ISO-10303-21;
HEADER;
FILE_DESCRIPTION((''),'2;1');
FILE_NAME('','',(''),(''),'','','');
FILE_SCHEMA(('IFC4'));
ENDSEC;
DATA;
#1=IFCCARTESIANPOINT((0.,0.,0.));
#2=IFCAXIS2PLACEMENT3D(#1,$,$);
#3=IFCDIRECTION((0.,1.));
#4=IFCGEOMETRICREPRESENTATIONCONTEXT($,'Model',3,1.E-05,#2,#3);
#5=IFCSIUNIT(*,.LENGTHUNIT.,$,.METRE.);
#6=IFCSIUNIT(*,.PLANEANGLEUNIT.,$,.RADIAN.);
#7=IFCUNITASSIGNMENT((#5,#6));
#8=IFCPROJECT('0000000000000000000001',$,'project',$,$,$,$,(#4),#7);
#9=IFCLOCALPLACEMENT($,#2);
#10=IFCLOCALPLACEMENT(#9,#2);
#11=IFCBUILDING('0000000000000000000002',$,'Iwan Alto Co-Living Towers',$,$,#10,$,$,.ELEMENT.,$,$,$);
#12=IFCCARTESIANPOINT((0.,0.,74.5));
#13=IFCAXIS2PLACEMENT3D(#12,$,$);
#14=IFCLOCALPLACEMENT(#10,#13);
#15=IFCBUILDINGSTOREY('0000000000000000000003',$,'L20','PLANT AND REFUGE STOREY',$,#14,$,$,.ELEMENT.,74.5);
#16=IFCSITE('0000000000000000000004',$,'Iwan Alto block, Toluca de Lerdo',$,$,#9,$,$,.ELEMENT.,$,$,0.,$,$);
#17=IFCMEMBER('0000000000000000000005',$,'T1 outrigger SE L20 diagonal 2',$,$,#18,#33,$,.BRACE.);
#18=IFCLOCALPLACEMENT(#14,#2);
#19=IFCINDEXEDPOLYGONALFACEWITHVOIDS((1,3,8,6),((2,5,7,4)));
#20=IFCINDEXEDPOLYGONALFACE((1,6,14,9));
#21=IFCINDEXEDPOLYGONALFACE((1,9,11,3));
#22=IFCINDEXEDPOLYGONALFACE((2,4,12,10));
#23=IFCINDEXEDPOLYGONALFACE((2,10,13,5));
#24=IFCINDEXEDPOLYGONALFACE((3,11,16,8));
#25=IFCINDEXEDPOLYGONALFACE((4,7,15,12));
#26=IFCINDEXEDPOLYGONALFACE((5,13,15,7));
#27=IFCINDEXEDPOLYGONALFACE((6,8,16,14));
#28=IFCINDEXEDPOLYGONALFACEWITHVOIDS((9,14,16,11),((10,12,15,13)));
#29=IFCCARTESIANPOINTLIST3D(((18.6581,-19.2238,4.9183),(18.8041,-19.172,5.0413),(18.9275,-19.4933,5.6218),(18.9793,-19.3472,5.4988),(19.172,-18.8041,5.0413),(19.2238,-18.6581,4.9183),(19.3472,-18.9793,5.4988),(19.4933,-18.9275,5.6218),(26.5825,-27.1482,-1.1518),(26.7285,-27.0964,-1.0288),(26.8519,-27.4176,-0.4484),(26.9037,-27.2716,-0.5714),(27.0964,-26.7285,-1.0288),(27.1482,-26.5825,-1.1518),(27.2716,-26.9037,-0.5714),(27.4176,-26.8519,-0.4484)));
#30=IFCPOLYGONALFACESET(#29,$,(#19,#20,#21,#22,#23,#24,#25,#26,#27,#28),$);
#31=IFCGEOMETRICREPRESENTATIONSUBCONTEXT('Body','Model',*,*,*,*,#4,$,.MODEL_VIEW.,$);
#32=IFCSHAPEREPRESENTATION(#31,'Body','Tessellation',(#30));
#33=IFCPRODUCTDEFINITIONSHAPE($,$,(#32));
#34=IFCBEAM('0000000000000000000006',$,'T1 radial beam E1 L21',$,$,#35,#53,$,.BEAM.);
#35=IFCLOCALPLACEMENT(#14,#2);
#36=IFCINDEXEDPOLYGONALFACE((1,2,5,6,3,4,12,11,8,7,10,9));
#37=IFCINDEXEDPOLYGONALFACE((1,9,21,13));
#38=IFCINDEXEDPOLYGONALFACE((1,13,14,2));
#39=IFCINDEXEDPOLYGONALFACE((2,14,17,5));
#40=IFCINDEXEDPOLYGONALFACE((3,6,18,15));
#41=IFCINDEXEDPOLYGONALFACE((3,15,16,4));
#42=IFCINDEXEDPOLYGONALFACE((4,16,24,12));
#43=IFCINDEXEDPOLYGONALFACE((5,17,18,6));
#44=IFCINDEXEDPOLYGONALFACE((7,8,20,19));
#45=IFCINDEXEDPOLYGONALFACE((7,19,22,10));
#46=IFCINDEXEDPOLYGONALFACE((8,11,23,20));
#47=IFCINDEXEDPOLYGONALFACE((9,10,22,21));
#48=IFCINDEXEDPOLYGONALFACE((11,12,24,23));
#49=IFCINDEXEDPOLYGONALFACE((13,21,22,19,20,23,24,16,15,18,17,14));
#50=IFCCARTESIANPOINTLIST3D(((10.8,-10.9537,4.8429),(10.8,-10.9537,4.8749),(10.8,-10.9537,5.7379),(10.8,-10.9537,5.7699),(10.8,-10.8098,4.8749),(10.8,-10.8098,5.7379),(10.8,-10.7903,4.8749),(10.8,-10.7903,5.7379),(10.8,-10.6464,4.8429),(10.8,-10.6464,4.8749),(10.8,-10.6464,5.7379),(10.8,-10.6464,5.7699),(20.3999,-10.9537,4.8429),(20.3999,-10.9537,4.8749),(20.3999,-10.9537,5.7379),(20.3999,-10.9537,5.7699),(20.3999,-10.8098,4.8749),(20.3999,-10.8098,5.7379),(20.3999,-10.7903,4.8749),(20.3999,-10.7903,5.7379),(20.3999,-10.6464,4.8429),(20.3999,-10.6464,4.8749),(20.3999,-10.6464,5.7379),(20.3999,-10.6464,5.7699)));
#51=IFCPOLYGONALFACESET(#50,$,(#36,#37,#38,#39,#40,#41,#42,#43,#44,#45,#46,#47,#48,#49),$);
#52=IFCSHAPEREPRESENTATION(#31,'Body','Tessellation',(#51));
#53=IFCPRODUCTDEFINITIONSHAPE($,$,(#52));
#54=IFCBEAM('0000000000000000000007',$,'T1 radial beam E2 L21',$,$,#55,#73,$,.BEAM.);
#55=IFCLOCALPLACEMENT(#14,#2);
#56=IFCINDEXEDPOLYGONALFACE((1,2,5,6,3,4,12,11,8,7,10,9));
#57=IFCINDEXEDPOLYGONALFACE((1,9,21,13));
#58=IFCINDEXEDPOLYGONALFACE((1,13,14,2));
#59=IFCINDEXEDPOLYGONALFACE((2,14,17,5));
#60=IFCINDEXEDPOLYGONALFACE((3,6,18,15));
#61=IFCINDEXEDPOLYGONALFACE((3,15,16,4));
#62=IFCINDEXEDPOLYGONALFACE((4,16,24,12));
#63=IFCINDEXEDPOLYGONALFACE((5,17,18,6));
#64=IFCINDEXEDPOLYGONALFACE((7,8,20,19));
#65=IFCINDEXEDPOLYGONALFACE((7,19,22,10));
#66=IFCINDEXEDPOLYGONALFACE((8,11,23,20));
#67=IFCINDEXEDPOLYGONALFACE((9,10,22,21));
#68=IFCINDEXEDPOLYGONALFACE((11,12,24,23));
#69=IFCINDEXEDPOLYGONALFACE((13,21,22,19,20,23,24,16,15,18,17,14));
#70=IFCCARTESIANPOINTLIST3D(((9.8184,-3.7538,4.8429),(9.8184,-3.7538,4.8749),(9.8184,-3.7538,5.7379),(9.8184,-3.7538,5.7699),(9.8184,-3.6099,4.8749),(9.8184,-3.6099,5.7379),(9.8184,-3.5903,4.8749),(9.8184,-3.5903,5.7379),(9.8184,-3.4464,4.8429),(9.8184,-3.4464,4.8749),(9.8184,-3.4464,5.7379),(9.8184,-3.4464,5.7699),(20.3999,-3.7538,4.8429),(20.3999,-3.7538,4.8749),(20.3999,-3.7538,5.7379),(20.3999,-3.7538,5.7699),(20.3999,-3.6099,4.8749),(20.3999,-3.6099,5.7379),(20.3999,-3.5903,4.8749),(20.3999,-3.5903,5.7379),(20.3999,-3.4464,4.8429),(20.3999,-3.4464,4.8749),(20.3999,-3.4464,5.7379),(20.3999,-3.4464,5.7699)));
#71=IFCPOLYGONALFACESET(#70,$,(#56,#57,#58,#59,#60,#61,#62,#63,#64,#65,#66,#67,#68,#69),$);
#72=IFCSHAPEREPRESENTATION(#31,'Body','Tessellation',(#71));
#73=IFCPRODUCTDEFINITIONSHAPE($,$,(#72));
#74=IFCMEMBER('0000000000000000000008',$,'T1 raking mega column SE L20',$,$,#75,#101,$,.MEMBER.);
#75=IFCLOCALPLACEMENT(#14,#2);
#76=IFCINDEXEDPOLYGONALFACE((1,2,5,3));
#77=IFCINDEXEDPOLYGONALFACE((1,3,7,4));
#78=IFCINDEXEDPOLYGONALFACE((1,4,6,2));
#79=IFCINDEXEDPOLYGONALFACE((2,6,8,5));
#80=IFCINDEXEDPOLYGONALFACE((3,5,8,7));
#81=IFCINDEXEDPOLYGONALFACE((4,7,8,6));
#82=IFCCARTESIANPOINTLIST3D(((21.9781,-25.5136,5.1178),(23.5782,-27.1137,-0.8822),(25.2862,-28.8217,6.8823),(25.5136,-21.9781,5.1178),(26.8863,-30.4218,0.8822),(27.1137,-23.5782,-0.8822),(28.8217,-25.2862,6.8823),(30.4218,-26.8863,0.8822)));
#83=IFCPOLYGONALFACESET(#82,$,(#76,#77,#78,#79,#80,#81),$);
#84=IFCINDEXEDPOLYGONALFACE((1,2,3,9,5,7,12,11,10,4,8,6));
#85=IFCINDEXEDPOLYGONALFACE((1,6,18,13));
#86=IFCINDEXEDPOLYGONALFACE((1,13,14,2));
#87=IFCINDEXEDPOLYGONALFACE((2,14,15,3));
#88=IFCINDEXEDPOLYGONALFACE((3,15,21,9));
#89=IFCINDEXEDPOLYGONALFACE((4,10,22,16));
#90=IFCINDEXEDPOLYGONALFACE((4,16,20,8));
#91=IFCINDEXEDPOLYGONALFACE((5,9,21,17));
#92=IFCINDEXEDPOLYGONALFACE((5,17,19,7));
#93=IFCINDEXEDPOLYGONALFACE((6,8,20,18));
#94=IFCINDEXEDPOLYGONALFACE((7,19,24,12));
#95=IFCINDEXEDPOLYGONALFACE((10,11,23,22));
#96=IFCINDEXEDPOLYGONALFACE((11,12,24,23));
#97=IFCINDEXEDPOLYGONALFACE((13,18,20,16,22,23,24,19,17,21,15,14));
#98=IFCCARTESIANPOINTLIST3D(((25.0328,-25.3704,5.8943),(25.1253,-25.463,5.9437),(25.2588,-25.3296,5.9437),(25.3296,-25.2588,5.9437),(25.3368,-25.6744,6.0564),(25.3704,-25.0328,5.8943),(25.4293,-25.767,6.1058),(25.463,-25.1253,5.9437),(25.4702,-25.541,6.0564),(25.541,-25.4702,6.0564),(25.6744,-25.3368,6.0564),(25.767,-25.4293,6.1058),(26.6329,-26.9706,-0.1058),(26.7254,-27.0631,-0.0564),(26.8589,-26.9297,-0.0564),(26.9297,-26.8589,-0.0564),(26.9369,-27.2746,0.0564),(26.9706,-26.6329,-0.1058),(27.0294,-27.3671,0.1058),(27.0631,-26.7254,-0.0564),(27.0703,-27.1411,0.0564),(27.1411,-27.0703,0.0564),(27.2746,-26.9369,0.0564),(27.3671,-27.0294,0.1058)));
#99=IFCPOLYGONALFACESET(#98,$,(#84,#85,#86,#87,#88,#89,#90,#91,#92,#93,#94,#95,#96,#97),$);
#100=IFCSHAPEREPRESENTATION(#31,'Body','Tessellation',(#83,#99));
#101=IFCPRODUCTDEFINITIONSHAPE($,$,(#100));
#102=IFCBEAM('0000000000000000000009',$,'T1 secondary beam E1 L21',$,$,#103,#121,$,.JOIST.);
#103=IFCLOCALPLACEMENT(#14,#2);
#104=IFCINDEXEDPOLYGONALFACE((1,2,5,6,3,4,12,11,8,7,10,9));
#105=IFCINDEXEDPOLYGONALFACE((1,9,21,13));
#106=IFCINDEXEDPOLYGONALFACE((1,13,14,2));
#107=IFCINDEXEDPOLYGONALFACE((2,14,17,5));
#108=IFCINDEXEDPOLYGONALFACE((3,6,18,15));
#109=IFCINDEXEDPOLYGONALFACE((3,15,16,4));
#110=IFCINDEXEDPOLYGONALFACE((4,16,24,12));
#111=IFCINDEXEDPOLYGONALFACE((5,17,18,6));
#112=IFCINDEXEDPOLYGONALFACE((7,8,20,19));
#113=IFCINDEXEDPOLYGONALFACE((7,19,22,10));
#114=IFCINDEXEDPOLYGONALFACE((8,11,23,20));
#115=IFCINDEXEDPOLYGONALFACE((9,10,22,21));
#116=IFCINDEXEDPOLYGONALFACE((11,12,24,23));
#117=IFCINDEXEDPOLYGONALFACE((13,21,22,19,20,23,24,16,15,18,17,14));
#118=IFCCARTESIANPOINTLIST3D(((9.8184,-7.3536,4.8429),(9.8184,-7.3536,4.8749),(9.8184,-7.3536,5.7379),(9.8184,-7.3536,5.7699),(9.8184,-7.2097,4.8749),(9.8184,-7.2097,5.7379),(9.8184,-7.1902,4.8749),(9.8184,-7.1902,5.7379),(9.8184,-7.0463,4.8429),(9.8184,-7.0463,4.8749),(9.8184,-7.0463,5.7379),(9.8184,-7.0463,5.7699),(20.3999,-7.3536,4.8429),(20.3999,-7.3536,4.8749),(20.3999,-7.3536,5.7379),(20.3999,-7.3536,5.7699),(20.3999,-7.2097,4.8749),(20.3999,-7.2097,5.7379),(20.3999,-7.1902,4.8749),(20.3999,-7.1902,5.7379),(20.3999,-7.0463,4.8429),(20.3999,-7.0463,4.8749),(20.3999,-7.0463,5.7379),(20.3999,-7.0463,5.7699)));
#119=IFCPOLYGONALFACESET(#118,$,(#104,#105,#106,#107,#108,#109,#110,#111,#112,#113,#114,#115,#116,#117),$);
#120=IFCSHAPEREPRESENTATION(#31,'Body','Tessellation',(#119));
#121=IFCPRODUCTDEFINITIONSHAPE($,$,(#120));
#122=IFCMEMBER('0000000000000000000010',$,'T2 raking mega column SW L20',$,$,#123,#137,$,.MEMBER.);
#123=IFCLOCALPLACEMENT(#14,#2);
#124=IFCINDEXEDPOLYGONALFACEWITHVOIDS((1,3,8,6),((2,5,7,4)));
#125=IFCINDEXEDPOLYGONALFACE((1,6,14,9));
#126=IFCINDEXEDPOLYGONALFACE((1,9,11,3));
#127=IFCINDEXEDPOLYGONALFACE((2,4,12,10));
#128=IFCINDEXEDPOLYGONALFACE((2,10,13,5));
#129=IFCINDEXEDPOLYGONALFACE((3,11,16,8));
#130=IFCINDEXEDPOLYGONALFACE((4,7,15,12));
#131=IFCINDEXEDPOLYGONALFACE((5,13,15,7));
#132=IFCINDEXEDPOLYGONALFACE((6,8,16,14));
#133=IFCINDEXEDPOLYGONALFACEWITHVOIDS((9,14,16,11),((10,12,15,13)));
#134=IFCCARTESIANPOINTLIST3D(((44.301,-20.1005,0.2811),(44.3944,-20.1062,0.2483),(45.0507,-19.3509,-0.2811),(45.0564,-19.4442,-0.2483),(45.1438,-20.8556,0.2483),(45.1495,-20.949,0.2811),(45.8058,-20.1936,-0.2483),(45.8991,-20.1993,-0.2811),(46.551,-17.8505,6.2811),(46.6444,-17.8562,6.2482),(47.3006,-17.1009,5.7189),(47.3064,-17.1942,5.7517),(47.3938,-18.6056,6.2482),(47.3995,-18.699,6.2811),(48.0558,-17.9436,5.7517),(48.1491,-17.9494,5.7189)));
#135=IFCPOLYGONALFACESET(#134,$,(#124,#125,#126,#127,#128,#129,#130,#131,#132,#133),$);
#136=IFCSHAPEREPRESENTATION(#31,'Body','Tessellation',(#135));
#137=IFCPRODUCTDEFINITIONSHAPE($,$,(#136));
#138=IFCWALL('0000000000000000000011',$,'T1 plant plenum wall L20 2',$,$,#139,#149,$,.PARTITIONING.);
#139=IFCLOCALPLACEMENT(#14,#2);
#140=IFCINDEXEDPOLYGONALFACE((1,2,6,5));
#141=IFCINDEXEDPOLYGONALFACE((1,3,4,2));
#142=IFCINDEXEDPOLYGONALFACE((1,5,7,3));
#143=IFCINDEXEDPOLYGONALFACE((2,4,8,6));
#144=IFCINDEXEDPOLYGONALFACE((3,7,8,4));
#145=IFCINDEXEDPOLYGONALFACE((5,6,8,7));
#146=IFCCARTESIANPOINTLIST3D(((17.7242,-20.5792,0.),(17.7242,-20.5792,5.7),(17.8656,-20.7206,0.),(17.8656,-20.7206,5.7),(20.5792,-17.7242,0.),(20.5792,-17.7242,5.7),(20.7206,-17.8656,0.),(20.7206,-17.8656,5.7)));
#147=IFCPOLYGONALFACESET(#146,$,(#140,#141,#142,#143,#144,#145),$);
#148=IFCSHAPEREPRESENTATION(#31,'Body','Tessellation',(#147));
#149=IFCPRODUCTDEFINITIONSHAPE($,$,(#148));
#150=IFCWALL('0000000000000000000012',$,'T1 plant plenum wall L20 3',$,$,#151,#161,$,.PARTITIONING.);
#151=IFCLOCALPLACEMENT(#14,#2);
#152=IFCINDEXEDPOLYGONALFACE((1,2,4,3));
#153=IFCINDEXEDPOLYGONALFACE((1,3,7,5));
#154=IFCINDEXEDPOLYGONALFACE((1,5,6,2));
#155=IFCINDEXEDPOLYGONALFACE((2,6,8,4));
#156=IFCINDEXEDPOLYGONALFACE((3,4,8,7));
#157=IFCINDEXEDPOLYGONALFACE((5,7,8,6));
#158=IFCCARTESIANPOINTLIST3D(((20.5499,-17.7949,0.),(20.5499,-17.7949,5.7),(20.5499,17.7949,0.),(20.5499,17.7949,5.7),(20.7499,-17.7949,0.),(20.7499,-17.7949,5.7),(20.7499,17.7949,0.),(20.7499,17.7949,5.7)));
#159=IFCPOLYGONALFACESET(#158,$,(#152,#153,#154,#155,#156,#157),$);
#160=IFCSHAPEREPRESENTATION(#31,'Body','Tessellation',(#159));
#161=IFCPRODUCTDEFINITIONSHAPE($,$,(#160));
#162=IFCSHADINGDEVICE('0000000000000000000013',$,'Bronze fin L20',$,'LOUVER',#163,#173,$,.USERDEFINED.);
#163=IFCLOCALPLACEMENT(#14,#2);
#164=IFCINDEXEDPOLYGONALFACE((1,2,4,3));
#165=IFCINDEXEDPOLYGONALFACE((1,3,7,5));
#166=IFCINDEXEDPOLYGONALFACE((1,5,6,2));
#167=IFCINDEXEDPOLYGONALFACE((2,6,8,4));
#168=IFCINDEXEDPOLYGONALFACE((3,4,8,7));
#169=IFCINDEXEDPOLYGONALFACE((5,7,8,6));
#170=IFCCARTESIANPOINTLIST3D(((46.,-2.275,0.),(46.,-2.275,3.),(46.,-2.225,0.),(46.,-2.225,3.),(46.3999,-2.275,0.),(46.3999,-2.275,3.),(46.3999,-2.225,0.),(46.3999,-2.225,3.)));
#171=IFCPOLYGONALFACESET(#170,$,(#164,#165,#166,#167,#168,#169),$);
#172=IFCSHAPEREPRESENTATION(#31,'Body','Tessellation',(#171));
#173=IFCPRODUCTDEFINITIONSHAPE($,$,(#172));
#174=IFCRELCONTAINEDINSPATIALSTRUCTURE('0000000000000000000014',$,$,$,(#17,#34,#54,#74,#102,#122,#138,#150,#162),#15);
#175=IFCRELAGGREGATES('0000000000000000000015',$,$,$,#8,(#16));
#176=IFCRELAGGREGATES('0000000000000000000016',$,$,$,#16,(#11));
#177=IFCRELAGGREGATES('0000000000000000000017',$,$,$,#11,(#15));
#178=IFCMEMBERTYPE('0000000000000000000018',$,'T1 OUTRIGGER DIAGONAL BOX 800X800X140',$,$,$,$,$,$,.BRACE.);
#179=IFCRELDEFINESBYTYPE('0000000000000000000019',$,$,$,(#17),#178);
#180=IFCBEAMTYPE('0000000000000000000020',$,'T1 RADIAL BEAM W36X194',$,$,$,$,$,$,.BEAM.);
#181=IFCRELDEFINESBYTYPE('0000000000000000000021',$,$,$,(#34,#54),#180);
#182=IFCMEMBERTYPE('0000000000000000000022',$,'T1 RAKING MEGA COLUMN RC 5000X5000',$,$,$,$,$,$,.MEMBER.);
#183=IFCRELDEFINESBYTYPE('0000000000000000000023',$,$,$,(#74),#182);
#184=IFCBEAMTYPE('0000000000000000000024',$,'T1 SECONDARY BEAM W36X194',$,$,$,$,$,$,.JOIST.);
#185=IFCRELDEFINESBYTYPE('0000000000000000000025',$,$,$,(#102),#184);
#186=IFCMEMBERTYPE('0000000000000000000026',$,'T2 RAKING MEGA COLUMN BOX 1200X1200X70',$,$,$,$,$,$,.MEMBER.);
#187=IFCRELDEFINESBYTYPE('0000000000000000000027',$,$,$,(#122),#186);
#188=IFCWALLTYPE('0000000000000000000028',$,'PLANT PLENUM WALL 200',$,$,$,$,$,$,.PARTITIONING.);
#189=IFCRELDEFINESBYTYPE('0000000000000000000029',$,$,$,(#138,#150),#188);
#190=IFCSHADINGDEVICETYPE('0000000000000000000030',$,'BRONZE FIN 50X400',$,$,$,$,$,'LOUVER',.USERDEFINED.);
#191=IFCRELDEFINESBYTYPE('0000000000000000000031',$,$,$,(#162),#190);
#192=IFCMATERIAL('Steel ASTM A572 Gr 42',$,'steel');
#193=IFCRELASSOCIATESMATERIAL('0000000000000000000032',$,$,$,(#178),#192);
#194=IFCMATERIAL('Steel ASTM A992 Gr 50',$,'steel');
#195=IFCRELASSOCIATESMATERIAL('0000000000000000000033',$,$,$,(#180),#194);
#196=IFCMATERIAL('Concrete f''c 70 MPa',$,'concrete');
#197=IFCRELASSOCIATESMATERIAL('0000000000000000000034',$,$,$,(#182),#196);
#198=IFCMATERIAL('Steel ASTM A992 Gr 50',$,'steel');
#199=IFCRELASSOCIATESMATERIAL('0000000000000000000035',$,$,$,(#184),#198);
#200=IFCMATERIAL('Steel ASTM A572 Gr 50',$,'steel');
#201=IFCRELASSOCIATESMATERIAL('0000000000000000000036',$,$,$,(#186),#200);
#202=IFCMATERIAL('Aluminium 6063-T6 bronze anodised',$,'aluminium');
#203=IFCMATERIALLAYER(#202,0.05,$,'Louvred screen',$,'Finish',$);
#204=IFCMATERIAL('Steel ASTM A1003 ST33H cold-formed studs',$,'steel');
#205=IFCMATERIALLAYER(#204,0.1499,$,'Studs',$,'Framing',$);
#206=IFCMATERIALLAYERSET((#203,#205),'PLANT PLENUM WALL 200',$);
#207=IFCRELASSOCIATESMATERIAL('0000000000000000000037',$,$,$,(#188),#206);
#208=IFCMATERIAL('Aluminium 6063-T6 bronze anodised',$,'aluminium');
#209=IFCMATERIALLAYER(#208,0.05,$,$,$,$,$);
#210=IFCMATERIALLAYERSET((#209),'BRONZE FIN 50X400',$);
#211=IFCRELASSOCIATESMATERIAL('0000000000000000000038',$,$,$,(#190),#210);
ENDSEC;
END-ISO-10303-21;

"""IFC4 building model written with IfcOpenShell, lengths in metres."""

from ifc_helpers import new_model, si_unit, direction, frame, frame_2d, origin, origin_2d, place, context, subcontext, project, spatial, rectangle, hollow_rectangle, i_section, extrude, material, layer, layer_set, material_profile, profile_set, type_object, element, save


model = new_model("IFC4")

# Units and contexts
model_context = context("Model", 3, precision=1e-05, world=origin(), true_north=direction((0.0, 1.0)))
body_context = subcontext(model_context, "Body", "Model", "MODEL_VIEW")
ifc_project = project(units=[si_unit("LENGTHUNIT", "METRE"), si_unit("PLANEANGLEUNIT", "RADIAN")], contexts=[model_context])

# Site, building, storey
site_placement = place(None, origin())
site = spatial("IfcSite", under=ifc_project, at=site_placement, Name="Iwan Alto block, Toluca de Lerdo", CompositionType="ELEMENT", RefElevation=0.0)
building_placement = place(site_placement, origin())
building = spatial("IfcBuilding", under=site, at=building_placement, Name="Iwan Alto Co-Living Towers", CompositionType="ELEMENT")
storey_placement = place(building_placement, frame((0.0, 0.0, 74.5)))
storey = spatial("IfcBuildingStorey", under=building, at=storey_placement, Name="L20", Description="PLANT AND REFUGE STOREY", CompositionType="ELEMENT", Elevation=74.5)

# Member
ifc_material_1 = material(Name="Steel ASTM A572 Gr 42", Category="steel")
ifc_material_profile_1 = material_profile(ifc_material_1, hollow_rectangle(XDim=0.8, YDim=0.8, WallThickness=0.1399, at=origin_2d()), Name="BOX 800X800X140")
ifc_profile_set_1 = profile_set([ifc_material_profile_1], Name="Steel ASTM A572 Gr 42")
member_type_1 = type_object("IfcMemberType", Name="T1 OUTRIGGER DIAGONAL BOX 800X800X140", PredefinedType="BRACE", material=ifc_profile_set_1)
member_1_placement = place(storey_placement, frame((19.0757, -19.0757, 5.27), z_axis=(0.621758, -0.621758, -0.47627), x_axis=(0.707107, 0.707107, 0.0)))
element("IfcMember", 1, at=member_1_placement, inside=storey, type_object=member_type_1, Name="T1 outrigger SE L20 diagonal 2", PredefinedType="BRACE", context=body_context, shape_type="SweptSolid", body=[
    extrude(hollow_rectangle(XDim=0.8, YDim=0.8, WallThickness=0.1399, at=origin_2d()), origin(), (0.0, 0.0, 1.0), 12.7451),
])

# Beams
ifc_material_2 = material(Name="Steel ASTM A992 Gr 50", Category="steel")
ifc_material_profile_2 = material_profile(ifc_material_2, i_section(OverallWidth=0.3074, OverallDepth=0.927, WebThickness=0.0195, FlangeThickness=0.032, at=origin_2d()), Name="W36X194")
ifc_profile_set_2 = profile_set([ifc_material_profile_2], Name="Steel ASTM A992 Gr 50")
beam_type_1 = type_object("IfcBeamType", Name="T1 RADIAL BEAM W36X194", PredefinedType="BEAM", material=ifc_profile_set_2)
beam_1_placement = place(storey_placement, frame((20.3999, -10.8, 5.3064), z_axis=(-1.0, 0.0, 0.0), x_axis=(0.0, -1.0, 0.0)))
element("IfcBeam", 2, at=beam_1_placement, inside=storey, type_object=beam_type_1, Name="T1 radial beam E1 L21", PredefinedType="BEAM", context=body_context, shape_type="SweptSolid", body=[
    extrude(i_section(OverallWidth=0.3074, OverallDepth=0.927, WebThickness=0.0195, FlangeThickness=0.032, at=origin_2d()), origin(), (0.0, 0.0, 1.0), 9.5999),
])
beam_2_placement = place(storey_placement, frame((20.3999, -3.6001, 5.3064), z_axis=(-1.0, 0.0, 0.0), x_axis=(0.0, -1.0, 0.0)))
element("IfcBeam", 3, at=beam_2_placement, inside=storey, type_object=beam_type_1, Name="T1 radial beam E2 L21", PredefinedType="BEAM", context=body_context, shape_type="SweptSolid", body=[
    extrude(i_section(OverallWidth=0.3074, OverallDepth=0.927, WebThickness=0.0195, FlangeThickness=0.032, at=origin_2d()), origin(), (0.0, 0.0, 1.0), 10.5815),
])

# Member
ifc_material_3 = material(Name="Concrete f'c 70 MPa", Category="concrete")
ifc_material_profile_3 = material_profile(ifc_material_3, rectangle(XDim=5.0, YDim=5.0, at=origin_2d()), Name="RC 5000X5000")
ifc_profile_set_3 = profile_set([ifc_material_profile_3], Name="Concrete f'c 70 MPa")
member_type_2 = type_object("IfcMemberType", Name="T1 RAKING MEGA COLUMN RC 5000X5000", PredefinedType="MEMBER", material=ifc_profile_set_3)
member_2_placement = place(storey_placement, frame((27.0, -27.0, 0.0), z_axis=(-0.249526, 0.249526, 0.935667), x_axis=(-0.707107, -0.707107, 0.0)))
element("IfcMember", 4, at=member_2_placement, inside=storey, type_object=member_type_2, Name="T1 raking mega column SE L20", PredefinedType="MEMBER", context=body_context, shape_type="SweptSolid", body=[
    extrude(rectangle(XDim=5.0, YDim=5.0, at=origin_2d()), origin(), (0.0, 0.0, 1.0), 6.4126),
    extrude(i_section(OverallWidth=0.4775, OverallDepth=0.5994, WebThickness=0.1001, FlangeThickness=0.1399, at=origin_2d()), origin(), (0.0, 0.0, 1.0), 6.4126),
])

# Beam
ifc_material_4 = material(Name="Steel ASTM A992 Gr 50", Category="steel")
ifc_material_profile_4 = material_profile(ifc_material_4, i_section(OverallWidth=0.3074, OverallDepth=0.927, WebThickness=0.0195, FlangeThickness=0.032, at=origin_2d()), Name="W36X194")
ifc_profile_set_4 = profile_set([ifc_material_profile_4], Name="Steel ASTM A992 Gr 50")
beam_type_2 = type_object("IfcBeamType", Name="T1 SECONDARY BEAM W36X194", PredefinedType="JOIST", material=ifc_profile_set_4)
beam_3_placement = place(storey_placement, frame((20.3999, -7.2, 5.3064), z_axis=(-1.0, 0.0, 0.0), x_axis=(0.0, -1.0, 0.0)))
element("IfcBeam", 5, at=beam_3_placement, inside=storey, type_object=beam_type_2, Name="T1 secondary beam E1 L21", PredefinedType="JOIST", context=body_context, shape_type="SweptSolid", body=[
    extrude(i_section(OverallWidth=0.3074, OverallDepth=0.927, WebThickness=0.0195, FlangeThickness=0.032, at=origin_2d()), origin(), (0.0, 0.0, 1.0), 10.5815),
])

# Member
ifc_material_5 = material(Name="Steel ASTM A572 Gr 50", Category="steel")
ifc_material_profile_5 = material_profile(ifc_material_5, hollow_rectangle(XDim=1.2, YDim=1.2, WallThickness=0.0701, at=origin_2d()), Name="BOX 1200X1200X70")
ifc_profile_set_5 = profile_set([ifc_material_profile_5], Name="Steel ASTM A572 Gr 50")
member_type_3 = type_object("IfcMemberType", Name="T2 RAKING MEGA COLUMN BOX 1200X1200X70", PredefinedType="MEMBER", material=ifc_profile_set_5)
member_3_placement = place(storey_placement, frame((45.1001, -20.1499, 0.0), z_axis=(0.331295, 0.331295, 0.883452), x_axis=(-0.707107, 0.707107, 0.0)))
element("IfcMember", 6, at=member_3_placement, inside=storey, type_object=member_type_3, Name="T2 raking mega column SW L20", PredefinedType="MEMBER", context=body_context, shape_type="SweptSolid", body=[
    extrude(hollow_rectangle(XDim=1.2, YDim=1.2, WallThickness=0.0701, at=origin_2d()), origin(), (0.0, 0.0, 1.0), 6.7915),
])

# Walls
ifc_material_6 = material(Name="Aluminium 6063-T6 bronze anodised", Category="aluminium")
ifc_layer_1 = layer(ifc_material_6, 0.05, Name="Louvred screen", Category="Finish")
ifc_material_7 = material(Name="Steel ASTM A1003 ST33H cold-formed studs", Category="steel")
ifc_layer_2 = layer(ifc_material_7, 0.1499, Name="Studs", Category="Framing")
ifc_layer_set_1 = layer_set([ifc_layer_1, ifc_layer_2], Name="PLANT PLENUM WALL 200")
wall_type = type_object("IfcWallType", Name="PLANT PLENUM WALL 200", PredefinedType="PARTITIONING", material=ifc_layer_set_1)
wall_1_placement = place(storey_placement, frame((17.7949, -20.6499, 0.0), z_axis=(0.0, 0.0, 1.0), x_axis=(0.707107, 0.707107, 0.0)))
element("IfcWall", 7, at=wall_1_placement, inside=storey, type_object=wall_type, Name="T1 plant plenum wall L20 2", PredefinedType="PARTITIONING", context=body_context, shape_type="SweptSolid", body=[
    extrude(rectangle(XDim=4.0376, YDim=0.2, at=frame_2d((2.0188, 0.0))), origin(), (0.0, 0.0, 1.0), 5.7),
])
wall_2_placement = place(storey_placement, frame((20.6499, -17.7949, 0.0), z_axis=(0.0, 0.0, 1.0), x_axis=(0.0, 1.0, 0.0)))
element("IfcWall", 8, at=wall_2_placement, inside=storey, type_object=wall_type, Name="T1 plant plenum wall L20 3", PredefinedType="PARTITIONING", context=body_context, shape_type="SweptSolid", body=[
    extrude(rectangle(XDim=35.5898, YDim=0.2, at=frame_2d((17.7949, 0.0))), origin(), (0.0, 0.0, 1.0), 5.7),
])

# Shading device
ifc_material_8 = material(Name="Aluminium 6063-T6 bronze anodised", Category="aluminium")
ifc_layer_3 = layer(ifc_material_8, 0.05)
ifc_layer_set_2 = layer_set([ifc_layer_3], Name="BRONZE FIN 50X400")
shading_device_type_1 = type_object("IfcShadingDeviceType", Name="BRONZE FIN 50X400", ElementType="LOUVER", PredefinedType="USERDEFINED", material=ifc_layer_set_2)
for number, where, z_axis, x_axis, name in (
    (9, (46.2, -2.25, 0.0), (0.0, 0.0, 1.0), (0.0, -1.0, 0.0), "Bronze fin L20"),
):
    element("IfcShadingDevice", number, at=place(storey_placement, frame(where, z_axis=z_axis, x_axis=x_axis)), inside=storey, type_object=shading_device_type_1, Name=name, ObjectType="LOUVER", PredefinedType="USERDEFINED", context=body_context, shape_type="SweptSolid", body=[
        extrude(rectangle(XDim=0.05, YDim=0.3999, at=origin_2d()), origin(), (0.0, 0.0, 1.0), 3.0),
    ])

save(model, "model.ifc")
